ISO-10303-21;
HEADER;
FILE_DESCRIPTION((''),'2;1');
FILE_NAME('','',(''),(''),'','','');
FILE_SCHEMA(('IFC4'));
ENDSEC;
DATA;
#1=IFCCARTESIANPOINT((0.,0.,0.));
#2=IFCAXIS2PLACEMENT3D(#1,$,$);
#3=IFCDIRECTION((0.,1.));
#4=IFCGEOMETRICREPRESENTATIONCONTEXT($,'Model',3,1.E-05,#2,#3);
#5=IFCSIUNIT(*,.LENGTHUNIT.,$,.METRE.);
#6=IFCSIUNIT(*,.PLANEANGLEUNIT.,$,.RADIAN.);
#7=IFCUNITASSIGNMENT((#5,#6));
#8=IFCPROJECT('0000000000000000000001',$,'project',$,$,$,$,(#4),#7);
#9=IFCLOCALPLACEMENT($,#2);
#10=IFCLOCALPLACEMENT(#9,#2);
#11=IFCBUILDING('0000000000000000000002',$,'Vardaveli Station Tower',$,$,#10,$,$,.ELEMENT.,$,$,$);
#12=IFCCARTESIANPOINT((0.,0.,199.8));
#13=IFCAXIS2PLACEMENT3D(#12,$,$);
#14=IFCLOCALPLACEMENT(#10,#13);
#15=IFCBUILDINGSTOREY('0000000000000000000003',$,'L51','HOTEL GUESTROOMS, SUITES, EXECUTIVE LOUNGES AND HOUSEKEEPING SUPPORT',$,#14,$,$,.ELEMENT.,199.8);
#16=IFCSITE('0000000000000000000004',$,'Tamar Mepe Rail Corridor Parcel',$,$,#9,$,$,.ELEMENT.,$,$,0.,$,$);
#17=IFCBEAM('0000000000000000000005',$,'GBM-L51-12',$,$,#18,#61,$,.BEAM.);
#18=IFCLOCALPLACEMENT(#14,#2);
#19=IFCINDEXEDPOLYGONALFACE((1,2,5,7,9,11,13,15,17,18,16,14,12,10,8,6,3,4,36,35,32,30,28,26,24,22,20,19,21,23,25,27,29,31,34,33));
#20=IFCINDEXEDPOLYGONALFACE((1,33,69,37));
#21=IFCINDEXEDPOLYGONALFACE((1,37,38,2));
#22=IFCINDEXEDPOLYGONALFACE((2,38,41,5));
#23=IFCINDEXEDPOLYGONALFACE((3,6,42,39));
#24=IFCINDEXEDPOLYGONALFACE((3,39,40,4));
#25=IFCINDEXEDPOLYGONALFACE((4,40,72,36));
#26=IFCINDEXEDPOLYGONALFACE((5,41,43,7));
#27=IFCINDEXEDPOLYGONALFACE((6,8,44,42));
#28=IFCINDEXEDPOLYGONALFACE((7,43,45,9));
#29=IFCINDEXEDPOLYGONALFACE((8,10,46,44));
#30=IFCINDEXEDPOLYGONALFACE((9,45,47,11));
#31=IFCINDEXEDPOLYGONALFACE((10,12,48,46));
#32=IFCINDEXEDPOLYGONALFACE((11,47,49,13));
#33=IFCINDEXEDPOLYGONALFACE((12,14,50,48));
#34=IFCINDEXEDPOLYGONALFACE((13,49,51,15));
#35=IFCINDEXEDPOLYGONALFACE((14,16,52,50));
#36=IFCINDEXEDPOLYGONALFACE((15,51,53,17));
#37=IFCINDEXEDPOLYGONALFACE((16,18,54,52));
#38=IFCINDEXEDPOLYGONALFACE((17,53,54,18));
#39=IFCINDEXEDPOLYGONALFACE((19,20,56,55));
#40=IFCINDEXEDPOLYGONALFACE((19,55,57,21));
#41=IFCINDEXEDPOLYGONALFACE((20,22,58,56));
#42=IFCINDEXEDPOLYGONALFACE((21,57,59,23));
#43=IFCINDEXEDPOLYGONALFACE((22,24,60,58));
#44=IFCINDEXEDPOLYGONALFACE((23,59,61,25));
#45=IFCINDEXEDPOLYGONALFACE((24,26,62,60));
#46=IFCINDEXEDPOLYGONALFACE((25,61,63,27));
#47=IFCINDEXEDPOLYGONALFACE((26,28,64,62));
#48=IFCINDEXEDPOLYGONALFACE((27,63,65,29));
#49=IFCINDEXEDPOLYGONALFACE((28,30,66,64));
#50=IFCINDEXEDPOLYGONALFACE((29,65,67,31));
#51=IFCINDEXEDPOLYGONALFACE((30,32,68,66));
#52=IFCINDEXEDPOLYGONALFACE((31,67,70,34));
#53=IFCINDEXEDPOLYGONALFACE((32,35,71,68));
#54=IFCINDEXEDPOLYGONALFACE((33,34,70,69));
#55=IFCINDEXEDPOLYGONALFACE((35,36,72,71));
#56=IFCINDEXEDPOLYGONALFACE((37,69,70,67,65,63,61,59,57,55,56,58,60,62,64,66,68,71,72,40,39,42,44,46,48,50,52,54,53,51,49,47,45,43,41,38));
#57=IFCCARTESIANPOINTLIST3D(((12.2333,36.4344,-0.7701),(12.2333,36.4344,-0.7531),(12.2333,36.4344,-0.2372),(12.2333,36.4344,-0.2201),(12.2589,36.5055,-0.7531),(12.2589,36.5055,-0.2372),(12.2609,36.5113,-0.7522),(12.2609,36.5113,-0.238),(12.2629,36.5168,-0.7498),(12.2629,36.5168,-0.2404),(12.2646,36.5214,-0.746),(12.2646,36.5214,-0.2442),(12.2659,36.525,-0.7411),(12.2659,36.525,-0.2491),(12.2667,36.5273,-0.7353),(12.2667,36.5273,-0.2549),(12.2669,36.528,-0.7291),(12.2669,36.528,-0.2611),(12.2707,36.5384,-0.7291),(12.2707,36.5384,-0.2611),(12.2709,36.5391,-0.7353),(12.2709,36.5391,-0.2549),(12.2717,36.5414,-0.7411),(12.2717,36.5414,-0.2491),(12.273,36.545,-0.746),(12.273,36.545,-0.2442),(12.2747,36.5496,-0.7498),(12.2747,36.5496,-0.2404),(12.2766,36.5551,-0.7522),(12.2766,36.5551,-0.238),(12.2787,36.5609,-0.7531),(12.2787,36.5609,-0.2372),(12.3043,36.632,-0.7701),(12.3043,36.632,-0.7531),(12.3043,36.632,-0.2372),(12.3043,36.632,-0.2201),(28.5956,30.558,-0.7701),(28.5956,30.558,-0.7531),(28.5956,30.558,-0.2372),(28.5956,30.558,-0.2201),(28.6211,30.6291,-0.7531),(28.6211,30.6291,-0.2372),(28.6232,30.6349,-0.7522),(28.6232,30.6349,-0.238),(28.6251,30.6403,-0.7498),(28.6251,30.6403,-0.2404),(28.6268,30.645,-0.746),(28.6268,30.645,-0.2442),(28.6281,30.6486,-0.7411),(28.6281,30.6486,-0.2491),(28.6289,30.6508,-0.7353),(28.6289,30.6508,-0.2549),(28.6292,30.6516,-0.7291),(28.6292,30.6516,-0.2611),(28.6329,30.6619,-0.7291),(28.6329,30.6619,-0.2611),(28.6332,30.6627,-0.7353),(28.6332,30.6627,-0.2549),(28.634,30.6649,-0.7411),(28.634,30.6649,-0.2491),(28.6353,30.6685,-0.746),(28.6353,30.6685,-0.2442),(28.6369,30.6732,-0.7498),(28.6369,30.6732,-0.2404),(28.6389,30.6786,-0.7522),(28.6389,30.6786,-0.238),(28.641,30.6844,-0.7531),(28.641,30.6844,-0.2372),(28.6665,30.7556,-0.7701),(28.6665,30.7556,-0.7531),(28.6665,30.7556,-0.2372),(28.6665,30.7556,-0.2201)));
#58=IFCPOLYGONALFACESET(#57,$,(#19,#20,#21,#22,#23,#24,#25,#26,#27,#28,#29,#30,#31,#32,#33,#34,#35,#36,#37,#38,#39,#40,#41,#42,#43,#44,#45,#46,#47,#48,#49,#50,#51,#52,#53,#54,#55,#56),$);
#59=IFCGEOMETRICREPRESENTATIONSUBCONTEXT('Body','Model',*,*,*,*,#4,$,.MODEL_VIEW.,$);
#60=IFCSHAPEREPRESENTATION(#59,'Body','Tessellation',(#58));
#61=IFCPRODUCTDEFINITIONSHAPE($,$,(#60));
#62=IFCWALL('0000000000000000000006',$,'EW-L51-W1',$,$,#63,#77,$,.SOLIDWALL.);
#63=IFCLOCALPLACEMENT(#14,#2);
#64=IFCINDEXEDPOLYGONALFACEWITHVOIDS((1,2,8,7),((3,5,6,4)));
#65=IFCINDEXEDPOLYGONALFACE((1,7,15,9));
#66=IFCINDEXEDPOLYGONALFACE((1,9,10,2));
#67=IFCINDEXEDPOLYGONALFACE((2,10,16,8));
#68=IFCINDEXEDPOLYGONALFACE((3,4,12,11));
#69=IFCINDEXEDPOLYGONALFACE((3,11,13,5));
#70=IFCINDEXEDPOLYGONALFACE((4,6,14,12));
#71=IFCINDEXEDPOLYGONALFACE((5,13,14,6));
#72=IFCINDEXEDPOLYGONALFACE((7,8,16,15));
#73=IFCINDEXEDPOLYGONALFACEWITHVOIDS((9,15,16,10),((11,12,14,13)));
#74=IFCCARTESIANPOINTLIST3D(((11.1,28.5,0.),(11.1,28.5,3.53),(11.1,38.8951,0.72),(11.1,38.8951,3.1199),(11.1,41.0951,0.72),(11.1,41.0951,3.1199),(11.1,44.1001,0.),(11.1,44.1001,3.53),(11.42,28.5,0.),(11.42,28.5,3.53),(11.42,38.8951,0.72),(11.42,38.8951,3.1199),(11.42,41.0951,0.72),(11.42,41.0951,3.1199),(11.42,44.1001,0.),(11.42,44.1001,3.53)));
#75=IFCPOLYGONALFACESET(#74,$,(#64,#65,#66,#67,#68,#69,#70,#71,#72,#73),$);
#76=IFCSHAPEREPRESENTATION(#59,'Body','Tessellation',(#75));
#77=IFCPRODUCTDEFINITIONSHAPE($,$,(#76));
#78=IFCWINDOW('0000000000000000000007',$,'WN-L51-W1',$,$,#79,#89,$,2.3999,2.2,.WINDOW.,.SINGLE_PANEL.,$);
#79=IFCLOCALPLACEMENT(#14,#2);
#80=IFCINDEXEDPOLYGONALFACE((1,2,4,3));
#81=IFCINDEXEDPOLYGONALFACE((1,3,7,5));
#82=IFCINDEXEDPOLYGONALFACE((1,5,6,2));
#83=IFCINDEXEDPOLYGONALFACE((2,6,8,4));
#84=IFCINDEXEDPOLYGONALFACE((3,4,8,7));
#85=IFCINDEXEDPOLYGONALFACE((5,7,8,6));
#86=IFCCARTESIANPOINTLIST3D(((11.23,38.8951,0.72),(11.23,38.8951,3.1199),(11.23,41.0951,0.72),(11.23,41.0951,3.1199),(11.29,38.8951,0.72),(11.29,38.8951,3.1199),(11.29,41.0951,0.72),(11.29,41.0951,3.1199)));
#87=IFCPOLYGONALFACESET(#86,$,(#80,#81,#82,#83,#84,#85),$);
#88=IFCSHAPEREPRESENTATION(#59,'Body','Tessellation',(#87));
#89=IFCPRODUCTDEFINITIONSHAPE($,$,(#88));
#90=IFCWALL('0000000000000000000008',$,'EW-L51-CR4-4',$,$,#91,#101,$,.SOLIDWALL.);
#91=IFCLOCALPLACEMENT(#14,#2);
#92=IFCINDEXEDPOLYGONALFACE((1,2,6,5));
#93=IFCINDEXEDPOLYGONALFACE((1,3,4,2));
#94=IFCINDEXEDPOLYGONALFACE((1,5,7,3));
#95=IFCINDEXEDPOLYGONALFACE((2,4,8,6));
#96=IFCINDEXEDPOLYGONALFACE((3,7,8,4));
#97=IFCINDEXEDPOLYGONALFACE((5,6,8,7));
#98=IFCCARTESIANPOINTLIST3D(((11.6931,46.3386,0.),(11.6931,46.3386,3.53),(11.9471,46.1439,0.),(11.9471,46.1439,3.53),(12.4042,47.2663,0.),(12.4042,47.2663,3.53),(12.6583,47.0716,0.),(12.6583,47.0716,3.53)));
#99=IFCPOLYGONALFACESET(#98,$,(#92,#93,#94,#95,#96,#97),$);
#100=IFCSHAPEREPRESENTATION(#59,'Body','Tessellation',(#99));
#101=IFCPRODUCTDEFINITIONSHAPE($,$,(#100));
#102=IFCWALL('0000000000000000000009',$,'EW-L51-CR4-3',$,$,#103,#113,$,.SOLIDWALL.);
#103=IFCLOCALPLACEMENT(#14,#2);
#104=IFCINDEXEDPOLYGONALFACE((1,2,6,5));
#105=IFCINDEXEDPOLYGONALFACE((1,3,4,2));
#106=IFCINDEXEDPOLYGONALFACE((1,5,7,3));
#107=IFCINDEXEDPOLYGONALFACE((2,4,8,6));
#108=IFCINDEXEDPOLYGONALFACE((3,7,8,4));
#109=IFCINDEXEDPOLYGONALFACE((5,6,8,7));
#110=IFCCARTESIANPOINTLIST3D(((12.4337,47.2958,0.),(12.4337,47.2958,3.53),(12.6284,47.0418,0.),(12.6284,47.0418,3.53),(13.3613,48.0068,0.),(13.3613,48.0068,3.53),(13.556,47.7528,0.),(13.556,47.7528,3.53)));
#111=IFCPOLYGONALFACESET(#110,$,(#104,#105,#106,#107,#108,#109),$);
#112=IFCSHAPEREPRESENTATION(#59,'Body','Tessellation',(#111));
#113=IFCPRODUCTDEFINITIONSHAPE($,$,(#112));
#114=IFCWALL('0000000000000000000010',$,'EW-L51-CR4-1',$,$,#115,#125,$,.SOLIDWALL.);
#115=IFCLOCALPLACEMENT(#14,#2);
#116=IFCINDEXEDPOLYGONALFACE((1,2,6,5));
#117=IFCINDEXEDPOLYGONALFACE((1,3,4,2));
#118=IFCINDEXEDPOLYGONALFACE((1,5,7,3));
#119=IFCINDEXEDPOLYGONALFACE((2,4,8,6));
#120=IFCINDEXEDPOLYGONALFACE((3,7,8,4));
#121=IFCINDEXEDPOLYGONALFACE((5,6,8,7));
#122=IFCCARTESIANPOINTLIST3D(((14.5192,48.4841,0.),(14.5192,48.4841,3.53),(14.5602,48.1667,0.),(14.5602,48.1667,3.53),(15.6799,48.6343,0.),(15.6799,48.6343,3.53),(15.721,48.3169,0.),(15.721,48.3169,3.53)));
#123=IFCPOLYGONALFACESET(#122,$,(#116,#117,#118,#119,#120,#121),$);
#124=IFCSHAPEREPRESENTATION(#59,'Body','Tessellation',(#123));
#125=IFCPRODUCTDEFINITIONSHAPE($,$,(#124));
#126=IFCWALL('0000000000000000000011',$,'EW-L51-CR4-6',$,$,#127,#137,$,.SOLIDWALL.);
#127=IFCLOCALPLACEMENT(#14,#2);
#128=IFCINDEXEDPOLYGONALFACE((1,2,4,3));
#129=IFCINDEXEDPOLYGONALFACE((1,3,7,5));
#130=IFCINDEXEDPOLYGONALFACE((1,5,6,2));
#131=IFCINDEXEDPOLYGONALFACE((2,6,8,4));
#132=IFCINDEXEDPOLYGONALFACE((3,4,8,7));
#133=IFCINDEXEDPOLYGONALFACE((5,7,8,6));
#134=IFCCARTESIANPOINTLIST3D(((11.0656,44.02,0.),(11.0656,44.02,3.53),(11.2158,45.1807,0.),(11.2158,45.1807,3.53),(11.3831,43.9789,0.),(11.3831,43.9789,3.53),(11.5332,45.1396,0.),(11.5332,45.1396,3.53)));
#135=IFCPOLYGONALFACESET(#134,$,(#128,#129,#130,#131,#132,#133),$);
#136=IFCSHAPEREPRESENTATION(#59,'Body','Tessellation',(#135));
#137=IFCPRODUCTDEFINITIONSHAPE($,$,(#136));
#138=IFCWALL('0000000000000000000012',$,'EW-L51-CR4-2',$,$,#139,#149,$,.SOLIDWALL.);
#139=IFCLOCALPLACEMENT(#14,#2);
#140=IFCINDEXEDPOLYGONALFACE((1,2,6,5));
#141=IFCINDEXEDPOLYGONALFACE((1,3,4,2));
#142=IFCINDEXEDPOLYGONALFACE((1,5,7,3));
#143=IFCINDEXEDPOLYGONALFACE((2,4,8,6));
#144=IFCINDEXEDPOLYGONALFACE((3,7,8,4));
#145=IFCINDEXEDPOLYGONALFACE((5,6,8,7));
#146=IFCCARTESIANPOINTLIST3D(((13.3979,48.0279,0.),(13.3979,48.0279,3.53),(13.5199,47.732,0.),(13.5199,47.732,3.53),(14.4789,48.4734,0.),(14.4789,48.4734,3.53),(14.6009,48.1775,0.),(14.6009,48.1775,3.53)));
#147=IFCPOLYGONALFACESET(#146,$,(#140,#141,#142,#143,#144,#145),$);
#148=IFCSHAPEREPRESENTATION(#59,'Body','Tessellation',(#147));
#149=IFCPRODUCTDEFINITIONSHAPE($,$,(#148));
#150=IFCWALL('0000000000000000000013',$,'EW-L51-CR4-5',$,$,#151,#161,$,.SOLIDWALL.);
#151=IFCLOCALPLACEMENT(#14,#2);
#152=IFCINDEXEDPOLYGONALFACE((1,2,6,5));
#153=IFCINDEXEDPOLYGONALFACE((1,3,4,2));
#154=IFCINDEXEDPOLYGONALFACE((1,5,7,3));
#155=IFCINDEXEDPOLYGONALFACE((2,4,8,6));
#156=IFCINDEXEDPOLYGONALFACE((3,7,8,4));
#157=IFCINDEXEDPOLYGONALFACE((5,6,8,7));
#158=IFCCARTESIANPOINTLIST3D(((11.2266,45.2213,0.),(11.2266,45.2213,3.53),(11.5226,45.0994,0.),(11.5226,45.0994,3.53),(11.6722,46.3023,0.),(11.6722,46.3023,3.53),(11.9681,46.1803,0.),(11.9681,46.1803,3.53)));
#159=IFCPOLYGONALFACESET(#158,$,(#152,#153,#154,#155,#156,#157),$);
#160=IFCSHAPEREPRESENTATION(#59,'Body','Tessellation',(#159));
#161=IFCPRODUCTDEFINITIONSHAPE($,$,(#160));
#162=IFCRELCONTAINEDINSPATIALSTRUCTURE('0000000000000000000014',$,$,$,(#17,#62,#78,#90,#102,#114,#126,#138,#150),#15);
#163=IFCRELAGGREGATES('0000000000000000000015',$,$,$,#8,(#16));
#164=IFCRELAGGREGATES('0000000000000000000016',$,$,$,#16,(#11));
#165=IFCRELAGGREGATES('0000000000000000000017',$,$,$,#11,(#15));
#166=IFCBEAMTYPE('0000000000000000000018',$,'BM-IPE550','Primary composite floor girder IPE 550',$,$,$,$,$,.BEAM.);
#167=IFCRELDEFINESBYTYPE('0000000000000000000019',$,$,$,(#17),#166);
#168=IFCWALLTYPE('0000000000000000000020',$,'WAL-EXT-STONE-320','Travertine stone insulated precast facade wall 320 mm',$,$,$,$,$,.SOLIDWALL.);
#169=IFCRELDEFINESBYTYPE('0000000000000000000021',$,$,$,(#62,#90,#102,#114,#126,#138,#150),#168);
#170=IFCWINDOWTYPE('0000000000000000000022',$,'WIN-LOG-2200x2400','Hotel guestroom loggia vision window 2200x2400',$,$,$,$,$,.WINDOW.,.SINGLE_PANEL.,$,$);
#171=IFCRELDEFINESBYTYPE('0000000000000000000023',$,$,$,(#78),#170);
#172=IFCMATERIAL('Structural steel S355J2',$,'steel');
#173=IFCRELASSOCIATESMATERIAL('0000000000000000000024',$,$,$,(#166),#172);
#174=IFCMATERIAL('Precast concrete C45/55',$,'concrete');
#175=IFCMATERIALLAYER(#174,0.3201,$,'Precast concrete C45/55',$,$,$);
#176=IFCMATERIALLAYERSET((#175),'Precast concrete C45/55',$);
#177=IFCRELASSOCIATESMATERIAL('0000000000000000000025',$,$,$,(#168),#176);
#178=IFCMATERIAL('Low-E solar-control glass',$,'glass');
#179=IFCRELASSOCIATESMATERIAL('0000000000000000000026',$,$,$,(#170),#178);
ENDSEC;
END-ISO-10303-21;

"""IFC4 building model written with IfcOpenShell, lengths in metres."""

from ifc_helpers import new_model, si_unit, direction, frame, frame_2d, origin, origin_2d, place, context, subcontext, project, spatial, rectangle, i_section, extrude, source, transform, mapped, material, layer, layer_set, material_profile, profile_set, type_object, element, fill, save


model = new_model("IFC4")

# Units and contexts
model_context = context("Model", 3, precision=1e-05, world=origin(), true_north=direction((0.0, 1.0)))
body_context = subcontext(model_context, "Body", "Model", "MODEL_VIEW")
ifc_project = project(units=[si_unit("LENGTHUNIT", "METRE"), si_unit("PLANEANGLEUNIT", "RADIAN")], contexts=[model_context])

# Site, building, storey
site_placement = place(None, origin())
site = spatial("IfcSite", under=ifc_project, at=site_placement, Name="Tamar Mepe Rail Corridor Parcel", CompositionType="ELEMENT", RefElevation=0.0)
building_placement = place(site_placement, origin())
building = spatial("IfcBuilding", under=site, at=building_placement, Name="Vardaveli Station Tower", CompositionType="ELEMENT")
storey_placement = place(building_placement, frame((0.0, 0.0, 199.8)))
storey = spatial("IfcBuildingStorey", under=building, at=storey_placement, Name="L51", Description="HOTEL GUESTROOMS, SUITES, EXECUTIVE LOUNGES AND HOUSEKEEPING SUPPORT", CompositionType="ELEMENT", Elevation=199.8)

# Beam
ifc_material_1 = material(Name="Precast concrete C45/55", Category="concrete")
ifc_material_2 = material(Name="Structural steel S355J2", Category="steel")
ifc_material_profile_1 = material_profile(ifc_material_2, i_section(OverallWidth=0.21, OverallDepth=0.55, WebThickness=0.011, FlangeThickness=0.0171, FilletRadius=0.0239, at=origin_2d()), Name="IPE 550")
ifc_profile_set_1 = profile_set([ifc_material_profile_1], Name="Structural steel S355J2")
beam_type_1 = type_object("IfcBeamType", Name="BM-IPE550", Description="Primary composite floor girder IPE 550", PredefinedType="BEAM", material=ifc_profile_set_1)
shared_shape_1 = source(origin(), body_context, "Body", "SweptSolid", [
    extrude(i_section(OverallWidth=0.21, OverallDepth=0.55, WebThickness=0.011, FlangeThickness=0.0171, FilletRadius=0.0239, at=origin_2d()), origin(), (0.0, 0.0, 1.0), 17.3855),
])
beam_1_placement = place(storey_placement, frame((12.2688, 36.5332, -0.4951), z_axis=(0.941143, -0.338008, 0.0), x_axis=(0.338008, 0.941143, 0.0)))
element("IfcBeam", 1, at=beam_1_placement, inside=storey, type_object=beam_type_1, Name="GBM-L51-12", PredefinedType="BEAM", context=body_context, shape_type="MappedRepresentation", body=[
    mapped(shared_shape_1, transform((0.0, 0.0, 0.0), scale=1.0)),
])

# Wall, opening, window
ifc_layer_1 = layer(ifc_material_1, 0.3201, Name="Precast concrete C45/55")
ifc_layer_set_1 = layer_set([ifc_layer_1], Name="Precast concrete C45/55")
wall_type_1 = type_object("IfcWallType", Name="WAL-EXT-STONE-320", Description="Travertine stone insulated precast facade wall 320 mm", PredefinedType="SOLIDWALL", material=ifc_layer_set_1)
shared_shape_2 = source(origin(), body_context, "Body", "SweptSolid", [
    extrude(rectangle(XDim=15.6001, YDim=0.3201, at=frame_2d((7.8, 0.0))), origin(), (0.0, 0.0, 1.0), 3.53),
])
wall_1_placement = place(storey_placement, frame((11.26, 44.1001, 0.0), z_axis=(0.0, 0.0, 1.0), x_axis=(0.0, -1.0, 0.0)))
wall_1 = element("IfcWall", 2, at=wall_1_placement, inside=storey, type_object=wall_type_1, Name="EW-L51-W1", PredefinedType="SOLIDWALL", context=body_context, shape_type="MappedRepresentation", body=[
    mapped(shared_shape_2, transform((0.0, 0.0, 0.0), scale=1.0)),
])
shared_shape_3 = source(origin(), body_context, "Body", "SweptSolid", [
    extrude(rectangle(XDim=2.2, YDim=2.3999, at=frame_2d((1.1001, 1.2))), frame((0.0, 0.1699, 0.0), z_axis=(0.0, -1.0, 0.0), x_axis=(1.0, 0.0, 0.0)), (0.0, 0.0, 1.0), 0.3401),
])
opening_1_placement = place(wall_1_placement, frame((3.0049, 0.0, 0.72)))
opening_1 = element("IfcOpeningElement", 3, at=opening_1_placement, cuts=wall_1, PredefinedType="OPENING", context=body_context, shape_type="MappedRepresentation", body=[
    mapped(shared_shape_3, transform((0.0, 0.0, 0.0), scale=1.0)),
])
ifc_material_3 = material(Name="Low-E solar-control glass", Category="glass")
window_type = type_object("IfcWindowType", Name="WIN-LOG-2200x2400", Description="Hotel guestroom loggia vision window 2200x2400", PartitioningType="SINGLE_PANEL", PredefinedType="WINDOW", material=ifc_material_3)
shared_shape_4 = source(origin(), body_context, "Body", "SweptSolid", [
    extrude(rectangle(XDim=2.2, YDim=2.3999, at=frame_2d((1.1001, 1.2))), frame((0.0, 0.03, 0.0), z_axis=(0.0, -1.0, 0.0), x_axis=(1.0, 0.0, 0.0)), (0.0, 0.0, 1.0), 0.0601),
])
window_placement = place(opening_1_placement, origin())
window = element("IfcWindow", 4, at=window_placement, inside=storey, type_object=window_type, Name="WN-L51-W1", OverallHeight=2.3999, OverallWidth=2.2, PartitioningType="SINGLE_PANEL", PredefinedType="WINDOW", context=body_context, shape_type="MappedRepresentation", body=[
    mapped(shared_shape_4, transform((0.0, 0.0, 0.0), scale=1.0)),
])
fill(opening_1, window)

# Walls
shared_shape_5 = source(origin(), body_context, "Body", "SweptSolid", [
    extrude(rectangle(XDim=1.1689, YDim=0.3201, at=frame_2d((0.5845, 0.0))), origin(), (0.0, 0.0, 1.0), 3.53),
])
wall_2_placement = place(storey_placement, frame((12.5312, 47.1689, 0.0), z_axis=(0.0, 0.0, 1.0), x_axis=(-0.608388, -0.79364, 0.0)))
element("IfcWall", 5, at=wall_2_placement, inside=storey, type_object=wall_type_1, Name="EW-L51-CR4-4", PredefinedType="SOLIDWALL", context=body_context, shape_type="MappedRepresentation", body=[
    mapped(shared_shape_5, transform((0.0, 0.0, 0.0), scale=1.0)),
])
shared_shape_6 = source(origin(), body_context, "Body", "SweptSolid", [
    extrude(rectangle(XDim=1.1687, YDim=0.3201, at=frame_2d((0.5845, 0.0))), origin(), (0.0, 0.0, 1.0), 3.53),
])
wall_3_placement = place(storey_placement, frame((13.4587, 47.8799, 0.0), z_axis=(0.0, 0.0, 1.0), x_axis=(-0.793664, -0.608357, 0.0)))
element("IfcWall", 6, at=wall_3_placement, inside=storey, type_object=wall_type_1, Name="EW-L51-CR4-3", PredefinedType="SOLIDWALL", context=body_context, shape_type="MappedRepresentation", body=[
    mapped(shared_shape_6, transform((0.0, 0.0, 0.0), scale=1.0)),
])
shared_shape_7 = source(origin(), body_context, "Body", "SweptSolid", [
    extrude(rectangle(XDim=1.1704, YDim=0.3201, at=frame_2d((0.5852, 0.0))), origin(), (0.0, 0.0, 1.0), 3.53),
])
for number, where, z_axis, x_axis, name in (
    (7, (15.7004, 48.4756, 0.0), (0.0, 0.0, 1.0), (-0.991736, -0.128296, 0.0), "EW-L51-CR4-1"),
    (8, (11.3745, 45.1602, 0.0), (0.0, 0.0, 1.0), (-0.128296, -0.991736, 0.0), "EW-L51-CR4-6"),
):
    element("IfcWall", number, at=place(storey_placement, frame(where, z_axis=z_axis, x_axis=x_axis)), inside=storey, type_object=wall_type_1, Name=name, PredefinedType="SOLIDWALL", context=body_context, shape_type="MappedRepresentation", body=[
        mapped(shared_shape_7, transform((0.0, 0.0, 0.0), scale=1.0)),
    ])
shared_shape_8 = source(origin(), body_context, "Body", "SweptSolid", [
    extrude(rectangle(XDim=1.1692, YDim=0.3201, at=frame_2d((0.5845, 0.0))), origin(), (0.0, 0.0, 1.0), 3.53),
])
for number, where, z_axis, x_axis, name in (
    (9, (14.5398, 48.3254, 0.0), (0.0, 0.0, 1.0), (-0.924553, -0.381054, 0.0), "EW-L51-CR4-2"),
    (10, (11.8201, 46.2412, 0.0), (0.0, 0.0, 1.0), (-0.381054, -0.924553, 0.0), "EW-L51-CR4-5"),
):
    element("IfcWall", number, at=place(storey_placement, frame(where, z_axis=z_axis, x_axis=x_axis)), inside=storey, type_object=wall_type_1, Name=name, PredefinedType="SOLIDWALL", context=body_context, shape_type="MappedRepresentation", body=[
        mapped(shared_shape_8, transform((0.0, 0.0, 0.0), scale=1.0)),
    ])

save(model, "model.ifc")
